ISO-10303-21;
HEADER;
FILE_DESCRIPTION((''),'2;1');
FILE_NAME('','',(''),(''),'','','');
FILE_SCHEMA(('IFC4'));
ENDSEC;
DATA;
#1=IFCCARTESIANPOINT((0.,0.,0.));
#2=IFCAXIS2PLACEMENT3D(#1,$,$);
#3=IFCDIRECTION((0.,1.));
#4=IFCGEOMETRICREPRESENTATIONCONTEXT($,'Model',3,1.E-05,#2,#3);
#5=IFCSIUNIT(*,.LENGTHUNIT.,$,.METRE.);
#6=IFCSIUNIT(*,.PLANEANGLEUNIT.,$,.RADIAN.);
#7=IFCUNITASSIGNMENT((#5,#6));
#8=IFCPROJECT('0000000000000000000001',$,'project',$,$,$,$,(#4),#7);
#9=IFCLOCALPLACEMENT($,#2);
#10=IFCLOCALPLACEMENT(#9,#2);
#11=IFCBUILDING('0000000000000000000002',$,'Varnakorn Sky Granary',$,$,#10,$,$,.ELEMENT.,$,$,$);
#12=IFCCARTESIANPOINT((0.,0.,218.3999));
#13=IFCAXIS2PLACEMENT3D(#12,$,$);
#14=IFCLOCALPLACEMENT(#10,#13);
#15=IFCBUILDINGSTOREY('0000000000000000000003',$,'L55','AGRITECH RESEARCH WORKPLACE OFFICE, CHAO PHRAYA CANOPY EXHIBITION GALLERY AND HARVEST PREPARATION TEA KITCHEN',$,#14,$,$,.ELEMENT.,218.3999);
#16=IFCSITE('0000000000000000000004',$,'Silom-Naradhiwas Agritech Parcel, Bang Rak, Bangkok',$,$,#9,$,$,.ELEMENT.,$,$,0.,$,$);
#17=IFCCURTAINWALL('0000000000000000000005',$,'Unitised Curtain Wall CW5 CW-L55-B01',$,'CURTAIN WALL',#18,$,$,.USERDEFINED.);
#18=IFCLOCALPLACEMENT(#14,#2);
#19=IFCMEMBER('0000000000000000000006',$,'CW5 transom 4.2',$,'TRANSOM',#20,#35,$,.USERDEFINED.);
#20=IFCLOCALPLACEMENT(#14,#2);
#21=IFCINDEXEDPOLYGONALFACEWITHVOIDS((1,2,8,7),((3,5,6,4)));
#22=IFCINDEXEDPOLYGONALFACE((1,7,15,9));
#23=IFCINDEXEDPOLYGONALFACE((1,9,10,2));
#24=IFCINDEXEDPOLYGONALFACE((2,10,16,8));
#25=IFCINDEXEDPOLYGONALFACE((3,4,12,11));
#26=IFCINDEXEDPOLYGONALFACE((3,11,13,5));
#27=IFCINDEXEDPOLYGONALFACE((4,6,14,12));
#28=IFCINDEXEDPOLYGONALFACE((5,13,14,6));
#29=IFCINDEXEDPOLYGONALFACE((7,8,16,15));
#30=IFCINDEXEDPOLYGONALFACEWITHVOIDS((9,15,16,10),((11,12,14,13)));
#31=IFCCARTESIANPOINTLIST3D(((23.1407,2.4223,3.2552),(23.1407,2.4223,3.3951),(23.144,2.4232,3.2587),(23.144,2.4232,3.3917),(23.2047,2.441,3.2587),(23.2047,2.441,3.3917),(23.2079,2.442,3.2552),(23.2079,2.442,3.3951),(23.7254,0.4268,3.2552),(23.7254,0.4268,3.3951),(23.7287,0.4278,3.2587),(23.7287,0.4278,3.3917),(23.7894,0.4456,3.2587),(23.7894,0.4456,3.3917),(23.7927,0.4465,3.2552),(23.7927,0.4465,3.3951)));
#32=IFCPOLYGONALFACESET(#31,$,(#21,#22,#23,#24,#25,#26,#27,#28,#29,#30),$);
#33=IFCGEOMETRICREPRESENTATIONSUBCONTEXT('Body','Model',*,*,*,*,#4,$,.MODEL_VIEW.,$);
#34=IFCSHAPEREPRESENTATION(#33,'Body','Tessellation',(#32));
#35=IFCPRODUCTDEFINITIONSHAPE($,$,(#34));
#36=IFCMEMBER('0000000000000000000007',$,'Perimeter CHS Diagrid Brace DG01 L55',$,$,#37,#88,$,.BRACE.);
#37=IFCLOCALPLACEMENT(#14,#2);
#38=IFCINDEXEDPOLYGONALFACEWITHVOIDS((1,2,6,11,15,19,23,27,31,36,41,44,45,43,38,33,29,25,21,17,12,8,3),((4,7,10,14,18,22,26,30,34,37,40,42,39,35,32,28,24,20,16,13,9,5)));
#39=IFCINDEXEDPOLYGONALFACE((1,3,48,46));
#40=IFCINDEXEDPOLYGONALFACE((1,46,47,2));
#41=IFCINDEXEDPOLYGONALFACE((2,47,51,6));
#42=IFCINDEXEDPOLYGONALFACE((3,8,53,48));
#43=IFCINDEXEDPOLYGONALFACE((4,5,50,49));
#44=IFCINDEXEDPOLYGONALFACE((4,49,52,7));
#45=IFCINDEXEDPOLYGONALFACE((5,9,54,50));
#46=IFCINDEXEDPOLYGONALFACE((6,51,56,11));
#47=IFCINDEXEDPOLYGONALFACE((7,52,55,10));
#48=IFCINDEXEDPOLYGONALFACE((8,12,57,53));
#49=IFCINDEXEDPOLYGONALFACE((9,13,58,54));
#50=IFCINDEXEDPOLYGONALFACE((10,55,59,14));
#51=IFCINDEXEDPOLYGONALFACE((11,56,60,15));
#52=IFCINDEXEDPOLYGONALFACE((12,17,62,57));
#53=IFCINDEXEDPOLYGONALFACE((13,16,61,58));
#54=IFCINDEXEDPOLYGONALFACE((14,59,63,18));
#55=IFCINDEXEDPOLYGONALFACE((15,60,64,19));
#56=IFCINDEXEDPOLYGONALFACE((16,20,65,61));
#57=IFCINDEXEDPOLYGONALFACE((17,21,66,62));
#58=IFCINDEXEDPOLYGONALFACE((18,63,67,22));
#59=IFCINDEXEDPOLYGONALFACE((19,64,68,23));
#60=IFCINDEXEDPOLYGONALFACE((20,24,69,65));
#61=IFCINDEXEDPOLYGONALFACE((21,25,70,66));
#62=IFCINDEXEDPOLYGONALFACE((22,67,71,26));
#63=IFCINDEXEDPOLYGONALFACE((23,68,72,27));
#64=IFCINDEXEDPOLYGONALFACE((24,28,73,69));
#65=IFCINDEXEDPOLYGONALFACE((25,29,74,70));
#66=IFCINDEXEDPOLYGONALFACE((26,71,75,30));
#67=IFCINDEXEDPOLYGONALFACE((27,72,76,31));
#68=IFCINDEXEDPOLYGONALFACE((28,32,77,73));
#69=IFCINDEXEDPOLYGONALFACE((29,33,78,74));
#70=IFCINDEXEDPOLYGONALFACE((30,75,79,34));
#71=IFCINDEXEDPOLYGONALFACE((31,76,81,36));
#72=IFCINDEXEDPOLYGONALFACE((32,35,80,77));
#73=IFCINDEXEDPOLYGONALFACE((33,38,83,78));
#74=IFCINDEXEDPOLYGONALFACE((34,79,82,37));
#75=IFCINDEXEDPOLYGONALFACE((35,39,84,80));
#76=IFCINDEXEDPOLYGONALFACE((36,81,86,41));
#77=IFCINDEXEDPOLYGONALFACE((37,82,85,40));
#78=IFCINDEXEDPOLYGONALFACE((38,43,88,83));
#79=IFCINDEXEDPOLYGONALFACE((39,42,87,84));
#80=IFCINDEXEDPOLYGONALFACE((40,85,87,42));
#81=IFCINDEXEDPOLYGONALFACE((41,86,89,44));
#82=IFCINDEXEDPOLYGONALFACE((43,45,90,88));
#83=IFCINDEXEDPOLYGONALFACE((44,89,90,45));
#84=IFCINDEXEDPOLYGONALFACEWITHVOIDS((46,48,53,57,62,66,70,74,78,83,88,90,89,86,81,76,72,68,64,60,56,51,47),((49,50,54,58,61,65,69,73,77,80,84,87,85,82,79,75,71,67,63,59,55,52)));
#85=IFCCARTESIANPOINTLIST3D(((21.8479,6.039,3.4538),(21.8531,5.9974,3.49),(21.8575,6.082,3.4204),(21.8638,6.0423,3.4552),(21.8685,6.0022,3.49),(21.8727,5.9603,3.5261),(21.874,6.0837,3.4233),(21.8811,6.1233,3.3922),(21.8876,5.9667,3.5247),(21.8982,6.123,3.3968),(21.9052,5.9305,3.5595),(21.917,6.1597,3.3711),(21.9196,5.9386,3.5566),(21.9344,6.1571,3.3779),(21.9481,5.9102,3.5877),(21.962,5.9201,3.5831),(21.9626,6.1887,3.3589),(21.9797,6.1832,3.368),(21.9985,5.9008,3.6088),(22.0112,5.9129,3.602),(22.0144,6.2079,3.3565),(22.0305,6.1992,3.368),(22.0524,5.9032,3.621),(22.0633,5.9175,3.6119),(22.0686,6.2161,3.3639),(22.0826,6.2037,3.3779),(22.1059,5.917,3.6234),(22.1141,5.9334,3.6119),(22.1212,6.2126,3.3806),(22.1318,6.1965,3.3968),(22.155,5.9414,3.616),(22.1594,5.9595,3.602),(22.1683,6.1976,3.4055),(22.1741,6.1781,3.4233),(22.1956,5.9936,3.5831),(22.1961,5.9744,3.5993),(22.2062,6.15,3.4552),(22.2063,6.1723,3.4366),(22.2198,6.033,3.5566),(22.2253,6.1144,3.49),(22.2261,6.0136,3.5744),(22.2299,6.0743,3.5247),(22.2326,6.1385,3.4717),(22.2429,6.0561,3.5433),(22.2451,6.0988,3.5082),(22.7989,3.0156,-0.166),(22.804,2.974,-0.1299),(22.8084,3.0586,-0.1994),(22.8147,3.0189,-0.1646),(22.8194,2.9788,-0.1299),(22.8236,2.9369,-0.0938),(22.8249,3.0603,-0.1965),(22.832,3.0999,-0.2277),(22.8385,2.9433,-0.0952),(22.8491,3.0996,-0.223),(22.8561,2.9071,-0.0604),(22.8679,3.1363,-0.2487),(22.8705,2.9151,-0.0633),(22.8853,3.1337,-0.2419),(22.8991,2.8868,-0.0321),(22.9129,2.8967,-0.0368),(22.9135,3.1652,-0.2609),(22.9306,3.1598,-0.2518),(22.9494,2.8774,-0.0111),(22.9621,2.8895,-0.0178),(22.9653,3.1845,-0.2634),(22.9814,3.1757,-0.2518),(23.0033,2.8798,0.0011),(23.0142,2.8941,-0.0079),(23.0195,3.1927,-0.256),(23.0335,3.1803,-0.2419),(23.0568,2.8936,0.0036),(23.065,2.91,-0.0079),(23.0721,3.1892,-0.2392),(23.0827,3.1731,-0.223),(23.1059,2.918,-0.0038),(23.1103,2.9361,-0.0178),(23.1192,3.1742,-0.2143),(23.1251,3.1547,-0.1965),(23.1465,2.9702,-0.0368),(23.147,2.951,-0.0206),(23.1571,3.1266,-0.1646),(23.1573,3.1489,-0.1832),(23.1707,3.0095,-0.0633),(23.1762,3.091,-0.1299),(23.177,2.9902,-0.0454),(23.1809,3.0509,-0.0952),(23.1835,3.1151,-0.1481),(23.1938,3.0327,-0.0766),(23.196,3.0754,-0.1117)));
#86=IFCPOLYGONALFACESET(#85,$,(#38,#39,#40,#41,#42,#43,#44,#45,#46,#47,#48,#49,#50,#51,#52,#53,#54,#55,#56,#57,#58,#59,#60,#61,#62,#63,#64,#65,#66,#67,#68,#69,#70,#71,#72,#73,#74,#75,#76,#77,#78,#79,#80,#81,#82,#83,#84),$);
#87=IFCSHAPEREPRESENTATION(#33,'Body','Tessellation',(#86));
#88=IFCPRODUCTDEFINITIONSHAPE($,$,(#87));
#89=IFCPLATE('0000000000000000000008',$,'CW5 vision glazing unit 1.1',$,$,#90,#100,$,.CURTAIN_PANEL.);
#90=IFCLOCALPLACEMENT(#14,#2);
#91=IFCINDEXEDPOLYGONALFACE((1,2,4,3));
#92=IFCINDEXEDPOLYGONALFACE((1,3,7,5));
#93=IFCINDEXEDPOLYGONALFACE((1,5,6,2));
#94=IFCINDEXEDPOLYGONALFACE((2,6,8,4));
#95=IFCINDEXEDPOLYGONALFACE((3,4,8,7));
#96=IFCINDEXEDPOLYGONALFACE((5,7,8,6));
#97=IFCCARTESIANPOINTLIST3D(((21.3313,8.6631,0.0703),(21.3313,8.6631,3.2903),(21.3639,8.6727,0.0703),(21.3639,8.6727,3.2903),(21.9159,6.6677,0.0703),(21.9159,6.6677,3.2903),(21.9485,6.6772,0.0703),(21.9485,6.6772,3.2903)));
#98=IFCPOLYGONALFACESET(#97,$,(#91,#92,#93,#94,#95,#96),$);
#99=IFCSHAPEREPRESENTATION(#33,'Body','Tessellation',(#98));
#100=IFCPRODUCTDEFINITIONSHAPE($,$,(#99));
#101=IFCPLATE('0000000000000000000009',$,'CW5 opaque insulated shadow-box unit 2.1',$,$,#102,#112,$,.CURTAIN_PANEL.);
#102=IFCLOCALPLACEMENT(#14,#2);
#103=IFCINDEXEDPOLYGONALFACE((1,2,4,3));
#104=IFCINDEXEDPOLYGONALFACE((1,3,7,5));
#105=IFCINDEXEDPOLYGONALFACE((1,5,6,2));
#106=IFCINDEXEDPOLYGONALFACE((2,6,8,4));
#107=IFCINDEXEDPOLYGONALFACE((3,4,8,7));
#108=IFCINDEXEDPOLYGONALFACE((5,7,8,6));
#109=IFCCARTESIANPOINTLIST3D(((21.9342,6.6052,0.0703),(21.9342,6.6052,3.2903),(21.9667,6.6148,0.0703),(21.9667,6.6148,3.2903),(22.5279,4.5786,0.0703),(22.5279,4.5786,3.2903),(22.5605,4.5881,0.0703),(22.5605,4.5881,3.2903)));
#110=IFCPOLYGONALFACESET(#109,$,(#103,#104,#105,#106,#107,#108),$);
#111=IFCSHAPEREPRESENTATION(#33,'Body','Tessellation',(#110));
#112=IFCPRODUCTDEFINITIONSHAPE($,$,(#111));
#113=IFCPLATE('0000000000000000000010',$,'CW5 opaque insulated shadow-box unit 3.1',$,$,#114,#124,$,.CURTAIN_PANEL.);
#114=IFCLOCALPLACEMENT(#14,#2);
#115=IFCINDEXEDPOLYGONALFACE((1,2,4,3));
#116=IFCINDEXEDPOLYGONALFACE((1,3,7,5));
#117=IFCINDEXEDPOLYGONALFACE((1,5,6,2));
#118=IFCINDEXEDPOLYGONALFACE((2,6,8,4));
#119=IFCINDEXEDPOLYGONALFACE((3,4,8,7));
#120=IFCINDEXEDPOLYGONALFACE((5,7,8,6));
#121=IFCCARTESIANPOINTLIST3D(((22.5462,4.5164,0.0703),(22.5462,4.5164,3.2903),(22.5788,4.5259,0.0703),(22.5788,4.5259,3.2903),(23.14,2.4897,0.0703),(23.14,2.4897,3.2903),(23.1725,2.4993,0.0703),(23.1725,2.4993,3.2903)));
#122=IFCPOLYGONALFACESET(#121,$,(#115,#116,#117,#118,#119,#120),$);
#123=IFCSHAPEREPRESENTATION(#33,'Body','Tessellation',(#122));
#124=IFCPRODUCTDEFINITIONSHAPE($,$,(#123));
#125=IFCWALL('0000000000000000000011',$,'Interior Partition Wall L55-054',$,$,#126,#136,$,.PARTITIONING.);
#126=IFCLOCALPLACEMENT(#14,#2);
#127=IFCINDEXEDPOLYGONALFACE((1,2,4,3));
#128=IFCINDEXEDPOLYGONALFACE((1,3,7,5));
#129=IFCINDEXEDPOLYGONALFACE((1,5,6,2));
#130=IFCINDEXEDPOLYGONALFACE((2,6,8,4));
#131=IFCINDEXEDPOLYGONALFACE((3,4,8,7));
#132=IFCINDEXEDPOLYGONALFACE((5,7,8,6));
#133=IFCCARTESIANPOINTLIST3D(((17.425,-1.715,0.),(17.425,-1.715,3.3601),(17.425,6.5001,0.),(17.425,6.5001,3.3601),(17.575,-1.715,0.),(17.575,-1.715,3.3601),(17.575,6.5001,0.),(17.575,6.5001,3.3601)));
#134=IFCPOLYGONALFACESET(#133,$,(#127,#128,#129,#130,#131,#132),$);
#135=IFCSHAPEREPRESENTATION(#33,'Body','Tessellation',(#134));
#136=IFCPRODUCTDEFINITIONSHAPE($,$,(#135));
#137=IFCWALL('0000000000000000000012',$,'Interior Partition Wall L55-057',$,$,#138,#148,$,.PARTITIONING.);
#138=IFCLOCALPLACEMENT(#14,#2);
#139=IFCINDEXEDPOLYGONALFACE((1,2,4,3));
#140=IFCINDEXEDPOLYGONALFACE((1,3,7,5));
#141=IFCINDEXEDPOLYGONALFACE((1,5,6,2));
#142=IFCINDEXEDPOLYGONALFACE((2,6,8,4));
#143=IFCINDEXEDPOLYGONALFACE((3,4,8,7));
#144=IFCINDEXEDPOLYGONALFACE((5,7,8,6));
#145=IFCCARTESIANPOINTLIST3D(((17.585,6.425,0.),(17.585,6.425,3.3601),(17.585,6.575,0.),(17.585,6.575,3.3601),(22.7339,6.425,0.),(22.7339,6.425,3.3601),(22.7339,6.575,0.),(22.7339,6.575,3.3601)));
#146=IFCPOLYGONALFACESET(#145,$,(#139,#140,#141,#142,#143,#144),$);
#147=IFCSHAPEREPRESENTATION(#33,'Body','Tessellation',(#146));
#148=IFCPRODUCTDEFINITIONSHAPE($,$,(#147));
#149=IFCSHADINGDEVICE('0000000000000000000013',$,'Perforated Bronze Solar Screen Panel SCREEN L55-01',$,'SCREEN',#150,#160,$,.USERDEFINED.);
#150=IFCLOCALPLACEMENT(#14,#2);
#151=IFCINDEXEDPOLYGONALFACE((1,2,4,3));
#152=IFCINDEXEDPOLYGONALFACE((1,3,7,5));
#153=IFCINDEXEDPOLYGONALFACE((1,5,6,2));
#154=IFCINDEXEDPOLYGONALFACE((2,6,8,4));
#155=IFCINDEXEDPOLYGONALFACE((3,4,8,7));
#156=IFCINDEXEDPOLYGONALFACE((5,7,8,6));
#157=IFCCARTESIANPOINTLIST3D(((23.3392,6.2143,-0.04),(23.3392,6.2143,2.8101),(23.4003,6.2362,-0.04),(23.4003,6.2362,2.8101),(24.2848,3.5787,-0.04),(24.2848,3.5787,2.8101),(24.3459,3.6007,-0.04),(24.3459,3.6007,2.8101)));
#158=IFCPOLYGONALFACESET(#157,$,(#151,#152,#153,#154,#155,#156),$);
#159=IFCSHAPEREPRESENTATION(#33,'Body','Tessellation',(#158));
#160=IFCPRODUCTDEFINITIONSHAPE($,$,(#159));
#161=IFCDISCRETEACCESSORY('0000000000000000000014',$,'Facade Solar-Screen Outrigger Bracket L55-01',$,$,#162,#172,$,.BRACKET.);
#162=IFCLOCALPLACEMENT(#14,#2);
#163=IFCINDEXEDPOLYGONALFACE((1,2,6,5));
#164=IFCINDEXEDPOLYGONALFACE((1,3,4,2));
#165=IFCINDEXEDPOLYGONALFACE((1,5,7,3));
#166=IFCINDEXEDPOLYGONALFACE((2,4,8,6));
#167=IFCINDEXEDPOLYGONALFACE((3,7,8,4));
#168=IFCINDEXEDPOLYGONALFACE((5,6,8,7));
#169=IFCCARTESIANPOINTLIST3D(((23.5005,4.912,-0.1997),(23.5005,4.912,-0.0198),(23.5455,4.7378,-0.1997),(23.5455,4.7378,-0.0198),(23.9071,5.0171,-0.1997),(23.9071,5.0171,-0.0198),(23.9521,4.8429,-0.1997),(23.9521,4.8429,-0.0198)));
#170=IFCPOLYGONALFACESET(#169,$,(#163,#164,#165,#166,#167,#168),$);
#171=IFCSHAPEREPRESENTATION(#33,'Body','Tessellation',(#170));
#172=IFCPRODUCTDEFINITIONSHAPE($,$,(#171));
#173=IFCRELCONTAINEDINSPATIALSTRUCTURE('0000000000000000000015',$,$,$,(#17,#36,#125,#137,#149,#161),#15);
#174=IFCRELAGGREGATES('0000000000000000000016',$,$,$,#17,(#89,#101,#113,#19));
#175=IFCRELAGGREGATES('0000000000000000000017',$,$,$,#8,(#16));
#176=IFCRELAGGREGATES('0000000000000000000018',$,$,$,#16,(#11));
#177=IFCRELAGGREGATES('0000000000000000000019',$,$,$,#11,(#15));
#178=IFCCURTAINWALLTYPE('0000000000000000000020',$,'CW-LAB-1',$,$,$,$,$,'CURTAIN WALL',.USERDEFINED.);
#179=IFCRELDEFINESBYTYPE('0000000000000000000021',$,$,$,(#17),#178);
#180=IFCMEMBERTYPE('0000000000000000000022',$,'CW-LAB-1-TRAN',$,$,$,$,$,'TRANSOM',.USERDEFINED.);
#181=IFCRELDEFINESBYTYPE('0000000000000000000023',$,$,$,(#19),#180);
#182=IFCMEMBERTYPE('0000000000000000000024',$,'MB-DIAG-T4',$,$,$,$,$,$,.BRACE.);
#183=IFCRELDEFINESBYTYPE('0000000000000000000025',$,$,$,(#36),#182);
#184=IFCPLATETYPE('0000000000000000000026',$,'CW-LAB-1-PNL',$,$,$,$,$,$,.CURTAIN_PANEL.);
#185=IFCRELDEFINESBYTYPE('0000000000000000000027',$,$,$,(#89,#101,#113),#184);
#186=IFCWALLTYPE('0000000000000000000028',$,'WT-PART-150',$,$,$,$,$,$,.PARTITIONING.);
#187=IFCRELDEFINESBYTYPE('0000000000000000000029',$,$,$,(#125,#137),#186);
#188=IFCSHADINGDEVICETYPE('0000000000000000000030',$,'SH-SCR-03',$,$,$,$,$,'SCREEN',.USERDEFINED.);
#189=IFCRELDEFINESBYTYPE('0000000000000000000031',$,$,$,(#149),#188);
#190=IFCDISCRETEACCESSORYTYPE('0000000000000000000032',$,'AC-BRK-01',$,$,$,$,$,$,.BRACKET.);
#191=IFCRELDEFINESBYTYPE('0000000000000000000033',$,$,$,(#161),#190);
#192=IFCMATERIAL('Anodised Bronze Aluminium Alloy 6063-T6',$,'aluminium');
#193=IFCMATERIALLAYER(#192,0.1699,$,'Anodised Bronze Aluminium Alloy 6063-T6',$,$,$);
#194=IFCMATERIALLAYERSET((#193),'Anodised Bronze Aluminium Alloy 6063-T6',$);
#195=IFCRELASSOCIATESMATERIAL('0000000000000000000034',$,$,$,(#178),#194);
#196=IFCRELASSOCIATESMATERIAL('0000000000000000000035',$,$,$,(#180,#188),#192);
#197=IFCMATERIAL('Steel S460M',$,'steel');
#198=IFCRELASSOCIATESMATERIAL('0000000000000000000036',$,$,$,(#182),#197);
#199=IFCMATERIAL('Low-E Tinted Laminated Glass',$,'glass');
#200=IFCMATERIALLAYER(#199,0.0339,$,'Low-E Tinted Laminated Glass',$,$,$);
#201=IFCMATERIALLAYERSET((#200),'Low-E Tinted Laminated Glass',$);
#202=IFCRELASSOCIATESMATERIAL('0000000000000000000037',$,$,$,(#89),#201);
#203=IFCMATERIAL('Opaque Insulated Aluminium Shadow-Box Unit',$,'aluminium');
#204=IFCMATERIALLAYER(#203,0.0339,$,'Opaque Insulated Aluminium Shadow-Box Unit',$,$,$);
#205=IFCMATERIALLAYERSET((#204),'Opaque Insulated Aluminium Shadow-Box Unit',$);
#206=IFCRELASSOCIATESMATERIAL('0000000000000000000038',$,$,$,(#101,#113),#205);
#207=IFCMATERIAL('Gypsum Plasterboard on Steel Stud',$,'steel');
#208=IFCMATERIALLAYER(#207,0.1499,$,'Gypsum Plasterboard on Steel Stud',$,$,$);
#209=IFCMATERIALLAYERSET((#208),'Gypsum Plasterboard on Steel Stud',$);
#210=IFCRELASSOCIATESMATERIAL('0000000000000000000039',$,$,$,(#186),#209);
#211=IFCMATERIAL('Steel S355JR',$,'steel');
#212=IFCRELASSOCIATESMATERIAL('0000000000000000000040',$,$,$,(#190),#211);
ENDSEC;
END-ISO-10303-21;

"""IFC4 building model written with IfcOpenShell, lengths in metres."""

from ifc_helpers import new_model, si_unit, direction, frame, frame_2d, origin, origin_2d, place, context, subcontext, project, spatial, rectangle, hollow_rectangle, hollow_circle, extrude, source, transform, mapped, material, layer, layer_set, material_profile, profile_set, type_object, type_shapes, element, aggregate, save


model = new_model("IFC4")

# Units and contexts
model_context = context("Model", 3, precision=1e-05, world=origin(), true_north=direction((0.0, 1.0)))
body_context = subcontext(model_context, "Body", "Model", "MODEL_VIEW")
ifc_project = project(units=[si_unit("LENGTHUNIT", "METRE"), si_unit("PLANEANGLEUNIT", "RADIAN")], contexts=[model_context])

# Site, building, storey
site_placement = place(None, origin())
site = spatial("IfcSite", under=ifc_project, at=site_placement, Name="Silom-Naradhiwas Agritech Parcel, Bang Rak, Bangkok", CompositionType="ELEMENT", RefElevation=0.0)
building_placement = place(site_placement, origin())
building = spatial("IfcBuilding", under=site, at=building_placement, Name="Varnakorn Sky Granary", CompositionType="ELEMENT")
storey_placement = place(building_placement, frame((0.0, 0.0, 218.3999)))
storey = spatial("IfcBuildingStorey", under=building, at=storey_placement, Name="L55", Description="AGRITECH RESEARCH WORKPLACE OFFICE, CHAO PHRAYA CANOPY EXHIBITION GALLERY AND HARVEST PREPARATION TEA KITCHEN", CompositionType="ELEMENT", Elevation=218.3999)

# Curtain wall, member
ifc_material_1 = material(Name="Anodised Bronze Aluminium Alloy 6063-T6", Category="aluminium")
ifc_layer_1 = layer(ifc_material_1, 0.1699, Name="Anodised Bronze Aluminium Alloy 6063-T6")
ifc_layer_set_1 = layer_set([ifc_layer_1], Name="Anodised Bronze Aluminium Alloy 6063-T6")
curtain_wall_type = type_object("IfcCurtainWallType", Name="CW-LAB-1", ElementType="CURTAIN WALL", PredefinedType="USERDEFINED", material=ifc_layer_set_1)
curtain_wall_placement = place(storey_placement, origin())
curtain_wall = element("IfcCurtainWall", 1, at=curtain_wall_placement, inside=storey, type_object=curtain_wall_type, Name="Unitised Curtain Wall CW5 CW-L55-B01", ObjectType="CURTAIN WALL", PredefinedType="USERDEFINED")
ifc_material_profile_1 = material_profile(ifc_material_1, hollow_rectangle(XDim=0.0701, YDim=0.1399, WallThickness=0.0034, at=origin_2d()), Name="ALU TRAN 70x140")
ifc_profile_set_1 = profile_set([ifc_material_profile_1], Name="Anodised Bronze Aluminium Alloy 6063-T6")
member_type_1 = type_object("IfcMemberType", Name="CW-LAB-1-TRAN", ElementType="TRANSOM", PredefinedType="USERDEFINED", material=ifc_profile_set_1)
member_1_placement = place(storey_placement, frame((23.1743, 2.4321, 3.3252), z_axis=(0.281213, -0.959645, 0.0), x_axis=(0.959645, 0.281213, 0.0)))
member_1 = element("IfcMember", 2, at=member_1_placement, type_object=member_type_1, Name="CW5 transom 4.2", ObjectType="TRANSOM", PredefinedType="USERDEFINED", context=body_context, shape_type="SweptSolid", body=[
    extrude(hollow_rectangle(XDim=0.0701, YDim=0.1399, WallThickness=0.0034, at=origin_2d()), origin(), (0.0, 0.0, 1.0), 2.0793),
])

# Member
ifc_material_2 = material(Name="Steel S460M", Category="steel")
ifc_material_profile_2 = material_profile(ifc_material_2, hollow_circle(Radius=0.2031, WallThickness=0.0161, at=origin_2d()), Name="CHS 406.4x16")
ifc_profile_set_2 = profile_set([ifc_material_profile_2], Name="Steel S460M")
member_type_2 = type_object("IfcMemberType", Name="MB-DIAG-T4", PredefinedType="BRACE", material=ifc_profile_set_2)
member_2_placement = place(storey_placement, frame((22.9978, 3.0349, -0.1299), z_axis=(-0.197643, 0.628399, 0.752364), x_axis=(-0.95393, -0.300029, 0.0)))
element("IfcMember", 3, at=member_2_placement, inside=storey, type_object=member_type_2, Name="Perimeter CHS Diagrid Brace DG01 L55", PredefinedType="BRACE", context=body_context, shape_type="SweptSolid", body=[
    extrude(hollow_circle(Radius=0.2031, WallThickness=0.0161, at=origin_2d()), origin(), (0.0, 0.0, 1.0), 4.8113),
])

# Plates
ifc_material_3 = material(Name="Low-E Tinted Laminated Glass", Category="glass")
ifc_layer_2 = layer(ifc_material_3, 0.0339, Name="Low-E Tinted Laminated Glass")
ifc_layer_set_2 = layer_set([ifc_layer_2], Name="Low-E Tinted Laminated Glass")
plate_type = type_object("IfcPlateType", Name="CW-LAB-1-PNL", PredefinedType="CURTAIN_PANEL")
shared_shape_1 = source(origin(), body_context, "Body", "SweptSolid", [
    extrude(rectangle(XDim=2.0793, YDim=0.0339, at=origin_2d()), origin(), (0.0, 0.0, 1.0), 3.22),
])
plate_1_placement = place(storey_placement, frame((21.6399, 7.6702, 0.0703), z_axis=(0.0, 0.0, 1.0), x_axis=(0.28115, -0.959664, 0.0)))
plate_1 = element("IfcPlate", 4, at=plate_1_placement, type_object=plate_type, material=ifc_layer_set_2, Name="CW5 vision glazing unit 1.1", PredefinedType="CURTAIN_PANEL", context=body_context, shape_type="MappedRepresentation", body=[
    mapped(shared_shape_1, transform((0.0, 0.0, 0.0), x_axis=(1.0, 0.0, 0.0), y_axis=(0.0, 1.0, 0.0), z_axis=(0.0, 0.0, 1.0), scale=1.0)),
])
ifc_material_4 = material(Name="Opaque Insulated Aluminium Shadow-Box Unit", Category="aluminium")
ifc_layer_3 = layer(ifc_material_4, 0.0339, Name="Opaque Insulated Aluminium Shadow-Box Unit")
ifc_layer_set_3 = layer_set([ifc_layer_3], Name="Opaque Insulated Aluminium Shadow-Box Unit")
shared_shape_2 = source(origin(), body_context, "Body", "SweptSolid", [
    extrude(rectangle(XDim=2.1118, YDim=0.0339, at=origin_2d()), origin(), (0.0, 0.0, 1.0), 3.22),
])
type_shapes(plate_type, [shared_shape_1, shared_shape_2])
plate_2_placement = place(storey_placement, frame((22.2473, 5.5967, 0.0703), z_axis=(0.0, 0.0, 1.0), x_axis=(0.28115, -0.959664, 0.0)))
plate_2 = element("IfcPlate", 5, at=plate_2_placement, type_object=plate_type, material=ifc_layer_set_3, Name="CW5 opaque insulated shadow-box unit 2.1", PredefinedType="CURTAIN_PANEL", context=body_context, shape_type="MappedRepresentation", body=[
    mapped(shared_shape_2, transform((0.0, 0.0, 0.0), x_axis=(1.0, 0.0, 0.0), y_axis=(0.0, 1.0, 0.0), z_axis=(0.0, 0.0, 1.0), scale=1.0)),
])
plate_3_placement = place(storey_placement, frame((22.8594, 3.5078, 0.0703), z_axis=(0.0, 0.0, 1.0), x_axis=(0.28115, -0.959664, 0.0)))
plate_3 = element("IfcPlate", 6, at=plate_3_placement, type_object=plate_type, material=ifc_layer_set_3, Name="CW5 opaque insulated shadow-box unit 3.1", PredefinedType="CURTAIN_PANEL", context=body_context, shape_type="MappedRepresentation", body=[
    mapped(shared_shape_2, transform((0.0, 0.0, 0.0), x_axis=(1.0, 0.0, 0.0), y_axis=(0.0, 1.0, 0.0), z_axis=(0.0, 0.0, 1.0), scale=1.0)),
])
aggregate(curtain_wall, [plate_1, plate_2, plate_3, member_1])

# Walls
ifc_material_5 = material(Name="Gypsum Plasterboard on Steel Stud", Category="steel")
ifc_layer_4 = layer(ifc_material_5, 0.1499, Name="Gypsum Plasterboard on Steel Stud")
ifc_layer_set_4 = layer_set([ifc_layer_4], Name="Gypsum Plasterboard on Steel Stud")
wall_type = type_object("IfcWallType", Name="WT-PART-150", PredefinedType="PARTITIONING", material=ifc_layer_set_4)
wall_1_placement = place(storey_placement, frame((17.5, 6.5, 0.0), z_axis=(0.0, 0.0, 1.0), x_axis=(0.0, -1.0, 0.0)))
element("IfcWall", 7, at=wall_1_placement, inside=storey, type_object=wall_type, Name="Interior Partition Wall L55-054", PredefinedType="PARTITIONING", context=body_context, shape_type="SweptSolid", body=[
    extrude(rectangle(XDim=8.2151, YDim=0.1499, at=frame_2d((4.1074, 0.0))), origin(), (0.0, 0.0, 1.0), 3.3601),
])
wall_2_placement = place(storey_placement, frame((17.585, 6.5, 0.0), z_axis=(0.0, 0.0, 1.0), x_axis=(1.0, 0.0, 0.0)))
element("IfcWall", 8, at=wall_2_placement, inside=storey, type_object=wall_type, Name="Interior Partition Wall L55-057", PredefinedType="PARTITIONING", context=body_context, shape_type="SweptSolid", body=[
    extrude(rectangle(XDim=5.1489, YDim=0.1499, at=frame_2d((2.5745, 0.0))), origin(), (0.0, 0.0, 1.0), 3.3601),
])

# Shading device
shading_device_type = type_object("IfcShadingDeviceType", Name="SH-SCR-03", ElementType="SCREEN", PredefinedType="USERDEFINED", material=ifc_material_1)
shared_shape_3 = source(origin(), body_context, "Body", "SweptSolid", [
    extrude(rectangle(XDim=2.8, YDim=0.0649, at=origin_2d()), origin(), (0.0, 0.0, 1.0), 2.8501),
])
type_shapes(shading_device_type, [shared_shape_3])
shading_device_placement = place(storey_placement, frame((23.8425, 4.9075, -0.04), z_axis=(0.0, 0.0, 1.0), x_axis=(-0.337714, 0.941249, 0.0)))
element("IfcShadingDevice", 9, at=shading_device_placement, inside=storey, type_object=shading_device_type, Name="Perforated Bronze Solar Screen Panel SCREEN L55-01", ObjectType="SCREEN", PredefinedType="USERDEFINED", context=body_context, shape_type="MappedRepresentation", body=[
    mapped(shared_shape_3, transform((0.0, 0.0, 0.0), x_axis=(1.0, 0.0, 0.0), y_axis=(0.0, 1.0, 0.0), z_axis=(0.0, 0.0, 1.0), scale=1.0)),
])

# Discrete accessory
ifc_material_6 = material(Name="Steel S355JR", Category="steel")
discrete_accessory_type = type_object("IfcDiscreteAccessoryType", Name="AC-BRK-01", PredefinedType="BRACKET", material=ifc_material_6)
shared_shape_4 = source(origin(), body_context, "Body", "SweptSolid", [
    extrude(rectangle(XDim=0.1799, YDim=0.4199, at=origin_2d()), origin(), (0.0, 0.0, 1.0), 0.1799),
])
type_shapes(discrete_accessory_type, [shared_shape_4])
discrete_accessory_placement = place(storey_placement, frame((23.7263, 4.8774, -0.1997), z_axis=(0.0, 0.0, 1.0), x_axis=(-0.250171, 0.968202, 0.0)))
element("IfcDiscreteAccessory", 10, at=discrete_accessory_placement, inside=storey, type_object=discrete_accessory_type, Name="Facade Solar-Screen Outrigger Bracket L55-01", PredefinedType="BRACKET", context=body_context, shape_type="MappedRepresentation", body=[
    mapped(shared_shape_4, transform((0.0, 0.0, 0.0), x_axis=(1.0, 0.0, 0.0), y_axis=(0.0, 1.0, 0.0), z_axis=(0.0, 0.0, 1.0), scale=1.0)),
])

save(model, "model.ifc")
